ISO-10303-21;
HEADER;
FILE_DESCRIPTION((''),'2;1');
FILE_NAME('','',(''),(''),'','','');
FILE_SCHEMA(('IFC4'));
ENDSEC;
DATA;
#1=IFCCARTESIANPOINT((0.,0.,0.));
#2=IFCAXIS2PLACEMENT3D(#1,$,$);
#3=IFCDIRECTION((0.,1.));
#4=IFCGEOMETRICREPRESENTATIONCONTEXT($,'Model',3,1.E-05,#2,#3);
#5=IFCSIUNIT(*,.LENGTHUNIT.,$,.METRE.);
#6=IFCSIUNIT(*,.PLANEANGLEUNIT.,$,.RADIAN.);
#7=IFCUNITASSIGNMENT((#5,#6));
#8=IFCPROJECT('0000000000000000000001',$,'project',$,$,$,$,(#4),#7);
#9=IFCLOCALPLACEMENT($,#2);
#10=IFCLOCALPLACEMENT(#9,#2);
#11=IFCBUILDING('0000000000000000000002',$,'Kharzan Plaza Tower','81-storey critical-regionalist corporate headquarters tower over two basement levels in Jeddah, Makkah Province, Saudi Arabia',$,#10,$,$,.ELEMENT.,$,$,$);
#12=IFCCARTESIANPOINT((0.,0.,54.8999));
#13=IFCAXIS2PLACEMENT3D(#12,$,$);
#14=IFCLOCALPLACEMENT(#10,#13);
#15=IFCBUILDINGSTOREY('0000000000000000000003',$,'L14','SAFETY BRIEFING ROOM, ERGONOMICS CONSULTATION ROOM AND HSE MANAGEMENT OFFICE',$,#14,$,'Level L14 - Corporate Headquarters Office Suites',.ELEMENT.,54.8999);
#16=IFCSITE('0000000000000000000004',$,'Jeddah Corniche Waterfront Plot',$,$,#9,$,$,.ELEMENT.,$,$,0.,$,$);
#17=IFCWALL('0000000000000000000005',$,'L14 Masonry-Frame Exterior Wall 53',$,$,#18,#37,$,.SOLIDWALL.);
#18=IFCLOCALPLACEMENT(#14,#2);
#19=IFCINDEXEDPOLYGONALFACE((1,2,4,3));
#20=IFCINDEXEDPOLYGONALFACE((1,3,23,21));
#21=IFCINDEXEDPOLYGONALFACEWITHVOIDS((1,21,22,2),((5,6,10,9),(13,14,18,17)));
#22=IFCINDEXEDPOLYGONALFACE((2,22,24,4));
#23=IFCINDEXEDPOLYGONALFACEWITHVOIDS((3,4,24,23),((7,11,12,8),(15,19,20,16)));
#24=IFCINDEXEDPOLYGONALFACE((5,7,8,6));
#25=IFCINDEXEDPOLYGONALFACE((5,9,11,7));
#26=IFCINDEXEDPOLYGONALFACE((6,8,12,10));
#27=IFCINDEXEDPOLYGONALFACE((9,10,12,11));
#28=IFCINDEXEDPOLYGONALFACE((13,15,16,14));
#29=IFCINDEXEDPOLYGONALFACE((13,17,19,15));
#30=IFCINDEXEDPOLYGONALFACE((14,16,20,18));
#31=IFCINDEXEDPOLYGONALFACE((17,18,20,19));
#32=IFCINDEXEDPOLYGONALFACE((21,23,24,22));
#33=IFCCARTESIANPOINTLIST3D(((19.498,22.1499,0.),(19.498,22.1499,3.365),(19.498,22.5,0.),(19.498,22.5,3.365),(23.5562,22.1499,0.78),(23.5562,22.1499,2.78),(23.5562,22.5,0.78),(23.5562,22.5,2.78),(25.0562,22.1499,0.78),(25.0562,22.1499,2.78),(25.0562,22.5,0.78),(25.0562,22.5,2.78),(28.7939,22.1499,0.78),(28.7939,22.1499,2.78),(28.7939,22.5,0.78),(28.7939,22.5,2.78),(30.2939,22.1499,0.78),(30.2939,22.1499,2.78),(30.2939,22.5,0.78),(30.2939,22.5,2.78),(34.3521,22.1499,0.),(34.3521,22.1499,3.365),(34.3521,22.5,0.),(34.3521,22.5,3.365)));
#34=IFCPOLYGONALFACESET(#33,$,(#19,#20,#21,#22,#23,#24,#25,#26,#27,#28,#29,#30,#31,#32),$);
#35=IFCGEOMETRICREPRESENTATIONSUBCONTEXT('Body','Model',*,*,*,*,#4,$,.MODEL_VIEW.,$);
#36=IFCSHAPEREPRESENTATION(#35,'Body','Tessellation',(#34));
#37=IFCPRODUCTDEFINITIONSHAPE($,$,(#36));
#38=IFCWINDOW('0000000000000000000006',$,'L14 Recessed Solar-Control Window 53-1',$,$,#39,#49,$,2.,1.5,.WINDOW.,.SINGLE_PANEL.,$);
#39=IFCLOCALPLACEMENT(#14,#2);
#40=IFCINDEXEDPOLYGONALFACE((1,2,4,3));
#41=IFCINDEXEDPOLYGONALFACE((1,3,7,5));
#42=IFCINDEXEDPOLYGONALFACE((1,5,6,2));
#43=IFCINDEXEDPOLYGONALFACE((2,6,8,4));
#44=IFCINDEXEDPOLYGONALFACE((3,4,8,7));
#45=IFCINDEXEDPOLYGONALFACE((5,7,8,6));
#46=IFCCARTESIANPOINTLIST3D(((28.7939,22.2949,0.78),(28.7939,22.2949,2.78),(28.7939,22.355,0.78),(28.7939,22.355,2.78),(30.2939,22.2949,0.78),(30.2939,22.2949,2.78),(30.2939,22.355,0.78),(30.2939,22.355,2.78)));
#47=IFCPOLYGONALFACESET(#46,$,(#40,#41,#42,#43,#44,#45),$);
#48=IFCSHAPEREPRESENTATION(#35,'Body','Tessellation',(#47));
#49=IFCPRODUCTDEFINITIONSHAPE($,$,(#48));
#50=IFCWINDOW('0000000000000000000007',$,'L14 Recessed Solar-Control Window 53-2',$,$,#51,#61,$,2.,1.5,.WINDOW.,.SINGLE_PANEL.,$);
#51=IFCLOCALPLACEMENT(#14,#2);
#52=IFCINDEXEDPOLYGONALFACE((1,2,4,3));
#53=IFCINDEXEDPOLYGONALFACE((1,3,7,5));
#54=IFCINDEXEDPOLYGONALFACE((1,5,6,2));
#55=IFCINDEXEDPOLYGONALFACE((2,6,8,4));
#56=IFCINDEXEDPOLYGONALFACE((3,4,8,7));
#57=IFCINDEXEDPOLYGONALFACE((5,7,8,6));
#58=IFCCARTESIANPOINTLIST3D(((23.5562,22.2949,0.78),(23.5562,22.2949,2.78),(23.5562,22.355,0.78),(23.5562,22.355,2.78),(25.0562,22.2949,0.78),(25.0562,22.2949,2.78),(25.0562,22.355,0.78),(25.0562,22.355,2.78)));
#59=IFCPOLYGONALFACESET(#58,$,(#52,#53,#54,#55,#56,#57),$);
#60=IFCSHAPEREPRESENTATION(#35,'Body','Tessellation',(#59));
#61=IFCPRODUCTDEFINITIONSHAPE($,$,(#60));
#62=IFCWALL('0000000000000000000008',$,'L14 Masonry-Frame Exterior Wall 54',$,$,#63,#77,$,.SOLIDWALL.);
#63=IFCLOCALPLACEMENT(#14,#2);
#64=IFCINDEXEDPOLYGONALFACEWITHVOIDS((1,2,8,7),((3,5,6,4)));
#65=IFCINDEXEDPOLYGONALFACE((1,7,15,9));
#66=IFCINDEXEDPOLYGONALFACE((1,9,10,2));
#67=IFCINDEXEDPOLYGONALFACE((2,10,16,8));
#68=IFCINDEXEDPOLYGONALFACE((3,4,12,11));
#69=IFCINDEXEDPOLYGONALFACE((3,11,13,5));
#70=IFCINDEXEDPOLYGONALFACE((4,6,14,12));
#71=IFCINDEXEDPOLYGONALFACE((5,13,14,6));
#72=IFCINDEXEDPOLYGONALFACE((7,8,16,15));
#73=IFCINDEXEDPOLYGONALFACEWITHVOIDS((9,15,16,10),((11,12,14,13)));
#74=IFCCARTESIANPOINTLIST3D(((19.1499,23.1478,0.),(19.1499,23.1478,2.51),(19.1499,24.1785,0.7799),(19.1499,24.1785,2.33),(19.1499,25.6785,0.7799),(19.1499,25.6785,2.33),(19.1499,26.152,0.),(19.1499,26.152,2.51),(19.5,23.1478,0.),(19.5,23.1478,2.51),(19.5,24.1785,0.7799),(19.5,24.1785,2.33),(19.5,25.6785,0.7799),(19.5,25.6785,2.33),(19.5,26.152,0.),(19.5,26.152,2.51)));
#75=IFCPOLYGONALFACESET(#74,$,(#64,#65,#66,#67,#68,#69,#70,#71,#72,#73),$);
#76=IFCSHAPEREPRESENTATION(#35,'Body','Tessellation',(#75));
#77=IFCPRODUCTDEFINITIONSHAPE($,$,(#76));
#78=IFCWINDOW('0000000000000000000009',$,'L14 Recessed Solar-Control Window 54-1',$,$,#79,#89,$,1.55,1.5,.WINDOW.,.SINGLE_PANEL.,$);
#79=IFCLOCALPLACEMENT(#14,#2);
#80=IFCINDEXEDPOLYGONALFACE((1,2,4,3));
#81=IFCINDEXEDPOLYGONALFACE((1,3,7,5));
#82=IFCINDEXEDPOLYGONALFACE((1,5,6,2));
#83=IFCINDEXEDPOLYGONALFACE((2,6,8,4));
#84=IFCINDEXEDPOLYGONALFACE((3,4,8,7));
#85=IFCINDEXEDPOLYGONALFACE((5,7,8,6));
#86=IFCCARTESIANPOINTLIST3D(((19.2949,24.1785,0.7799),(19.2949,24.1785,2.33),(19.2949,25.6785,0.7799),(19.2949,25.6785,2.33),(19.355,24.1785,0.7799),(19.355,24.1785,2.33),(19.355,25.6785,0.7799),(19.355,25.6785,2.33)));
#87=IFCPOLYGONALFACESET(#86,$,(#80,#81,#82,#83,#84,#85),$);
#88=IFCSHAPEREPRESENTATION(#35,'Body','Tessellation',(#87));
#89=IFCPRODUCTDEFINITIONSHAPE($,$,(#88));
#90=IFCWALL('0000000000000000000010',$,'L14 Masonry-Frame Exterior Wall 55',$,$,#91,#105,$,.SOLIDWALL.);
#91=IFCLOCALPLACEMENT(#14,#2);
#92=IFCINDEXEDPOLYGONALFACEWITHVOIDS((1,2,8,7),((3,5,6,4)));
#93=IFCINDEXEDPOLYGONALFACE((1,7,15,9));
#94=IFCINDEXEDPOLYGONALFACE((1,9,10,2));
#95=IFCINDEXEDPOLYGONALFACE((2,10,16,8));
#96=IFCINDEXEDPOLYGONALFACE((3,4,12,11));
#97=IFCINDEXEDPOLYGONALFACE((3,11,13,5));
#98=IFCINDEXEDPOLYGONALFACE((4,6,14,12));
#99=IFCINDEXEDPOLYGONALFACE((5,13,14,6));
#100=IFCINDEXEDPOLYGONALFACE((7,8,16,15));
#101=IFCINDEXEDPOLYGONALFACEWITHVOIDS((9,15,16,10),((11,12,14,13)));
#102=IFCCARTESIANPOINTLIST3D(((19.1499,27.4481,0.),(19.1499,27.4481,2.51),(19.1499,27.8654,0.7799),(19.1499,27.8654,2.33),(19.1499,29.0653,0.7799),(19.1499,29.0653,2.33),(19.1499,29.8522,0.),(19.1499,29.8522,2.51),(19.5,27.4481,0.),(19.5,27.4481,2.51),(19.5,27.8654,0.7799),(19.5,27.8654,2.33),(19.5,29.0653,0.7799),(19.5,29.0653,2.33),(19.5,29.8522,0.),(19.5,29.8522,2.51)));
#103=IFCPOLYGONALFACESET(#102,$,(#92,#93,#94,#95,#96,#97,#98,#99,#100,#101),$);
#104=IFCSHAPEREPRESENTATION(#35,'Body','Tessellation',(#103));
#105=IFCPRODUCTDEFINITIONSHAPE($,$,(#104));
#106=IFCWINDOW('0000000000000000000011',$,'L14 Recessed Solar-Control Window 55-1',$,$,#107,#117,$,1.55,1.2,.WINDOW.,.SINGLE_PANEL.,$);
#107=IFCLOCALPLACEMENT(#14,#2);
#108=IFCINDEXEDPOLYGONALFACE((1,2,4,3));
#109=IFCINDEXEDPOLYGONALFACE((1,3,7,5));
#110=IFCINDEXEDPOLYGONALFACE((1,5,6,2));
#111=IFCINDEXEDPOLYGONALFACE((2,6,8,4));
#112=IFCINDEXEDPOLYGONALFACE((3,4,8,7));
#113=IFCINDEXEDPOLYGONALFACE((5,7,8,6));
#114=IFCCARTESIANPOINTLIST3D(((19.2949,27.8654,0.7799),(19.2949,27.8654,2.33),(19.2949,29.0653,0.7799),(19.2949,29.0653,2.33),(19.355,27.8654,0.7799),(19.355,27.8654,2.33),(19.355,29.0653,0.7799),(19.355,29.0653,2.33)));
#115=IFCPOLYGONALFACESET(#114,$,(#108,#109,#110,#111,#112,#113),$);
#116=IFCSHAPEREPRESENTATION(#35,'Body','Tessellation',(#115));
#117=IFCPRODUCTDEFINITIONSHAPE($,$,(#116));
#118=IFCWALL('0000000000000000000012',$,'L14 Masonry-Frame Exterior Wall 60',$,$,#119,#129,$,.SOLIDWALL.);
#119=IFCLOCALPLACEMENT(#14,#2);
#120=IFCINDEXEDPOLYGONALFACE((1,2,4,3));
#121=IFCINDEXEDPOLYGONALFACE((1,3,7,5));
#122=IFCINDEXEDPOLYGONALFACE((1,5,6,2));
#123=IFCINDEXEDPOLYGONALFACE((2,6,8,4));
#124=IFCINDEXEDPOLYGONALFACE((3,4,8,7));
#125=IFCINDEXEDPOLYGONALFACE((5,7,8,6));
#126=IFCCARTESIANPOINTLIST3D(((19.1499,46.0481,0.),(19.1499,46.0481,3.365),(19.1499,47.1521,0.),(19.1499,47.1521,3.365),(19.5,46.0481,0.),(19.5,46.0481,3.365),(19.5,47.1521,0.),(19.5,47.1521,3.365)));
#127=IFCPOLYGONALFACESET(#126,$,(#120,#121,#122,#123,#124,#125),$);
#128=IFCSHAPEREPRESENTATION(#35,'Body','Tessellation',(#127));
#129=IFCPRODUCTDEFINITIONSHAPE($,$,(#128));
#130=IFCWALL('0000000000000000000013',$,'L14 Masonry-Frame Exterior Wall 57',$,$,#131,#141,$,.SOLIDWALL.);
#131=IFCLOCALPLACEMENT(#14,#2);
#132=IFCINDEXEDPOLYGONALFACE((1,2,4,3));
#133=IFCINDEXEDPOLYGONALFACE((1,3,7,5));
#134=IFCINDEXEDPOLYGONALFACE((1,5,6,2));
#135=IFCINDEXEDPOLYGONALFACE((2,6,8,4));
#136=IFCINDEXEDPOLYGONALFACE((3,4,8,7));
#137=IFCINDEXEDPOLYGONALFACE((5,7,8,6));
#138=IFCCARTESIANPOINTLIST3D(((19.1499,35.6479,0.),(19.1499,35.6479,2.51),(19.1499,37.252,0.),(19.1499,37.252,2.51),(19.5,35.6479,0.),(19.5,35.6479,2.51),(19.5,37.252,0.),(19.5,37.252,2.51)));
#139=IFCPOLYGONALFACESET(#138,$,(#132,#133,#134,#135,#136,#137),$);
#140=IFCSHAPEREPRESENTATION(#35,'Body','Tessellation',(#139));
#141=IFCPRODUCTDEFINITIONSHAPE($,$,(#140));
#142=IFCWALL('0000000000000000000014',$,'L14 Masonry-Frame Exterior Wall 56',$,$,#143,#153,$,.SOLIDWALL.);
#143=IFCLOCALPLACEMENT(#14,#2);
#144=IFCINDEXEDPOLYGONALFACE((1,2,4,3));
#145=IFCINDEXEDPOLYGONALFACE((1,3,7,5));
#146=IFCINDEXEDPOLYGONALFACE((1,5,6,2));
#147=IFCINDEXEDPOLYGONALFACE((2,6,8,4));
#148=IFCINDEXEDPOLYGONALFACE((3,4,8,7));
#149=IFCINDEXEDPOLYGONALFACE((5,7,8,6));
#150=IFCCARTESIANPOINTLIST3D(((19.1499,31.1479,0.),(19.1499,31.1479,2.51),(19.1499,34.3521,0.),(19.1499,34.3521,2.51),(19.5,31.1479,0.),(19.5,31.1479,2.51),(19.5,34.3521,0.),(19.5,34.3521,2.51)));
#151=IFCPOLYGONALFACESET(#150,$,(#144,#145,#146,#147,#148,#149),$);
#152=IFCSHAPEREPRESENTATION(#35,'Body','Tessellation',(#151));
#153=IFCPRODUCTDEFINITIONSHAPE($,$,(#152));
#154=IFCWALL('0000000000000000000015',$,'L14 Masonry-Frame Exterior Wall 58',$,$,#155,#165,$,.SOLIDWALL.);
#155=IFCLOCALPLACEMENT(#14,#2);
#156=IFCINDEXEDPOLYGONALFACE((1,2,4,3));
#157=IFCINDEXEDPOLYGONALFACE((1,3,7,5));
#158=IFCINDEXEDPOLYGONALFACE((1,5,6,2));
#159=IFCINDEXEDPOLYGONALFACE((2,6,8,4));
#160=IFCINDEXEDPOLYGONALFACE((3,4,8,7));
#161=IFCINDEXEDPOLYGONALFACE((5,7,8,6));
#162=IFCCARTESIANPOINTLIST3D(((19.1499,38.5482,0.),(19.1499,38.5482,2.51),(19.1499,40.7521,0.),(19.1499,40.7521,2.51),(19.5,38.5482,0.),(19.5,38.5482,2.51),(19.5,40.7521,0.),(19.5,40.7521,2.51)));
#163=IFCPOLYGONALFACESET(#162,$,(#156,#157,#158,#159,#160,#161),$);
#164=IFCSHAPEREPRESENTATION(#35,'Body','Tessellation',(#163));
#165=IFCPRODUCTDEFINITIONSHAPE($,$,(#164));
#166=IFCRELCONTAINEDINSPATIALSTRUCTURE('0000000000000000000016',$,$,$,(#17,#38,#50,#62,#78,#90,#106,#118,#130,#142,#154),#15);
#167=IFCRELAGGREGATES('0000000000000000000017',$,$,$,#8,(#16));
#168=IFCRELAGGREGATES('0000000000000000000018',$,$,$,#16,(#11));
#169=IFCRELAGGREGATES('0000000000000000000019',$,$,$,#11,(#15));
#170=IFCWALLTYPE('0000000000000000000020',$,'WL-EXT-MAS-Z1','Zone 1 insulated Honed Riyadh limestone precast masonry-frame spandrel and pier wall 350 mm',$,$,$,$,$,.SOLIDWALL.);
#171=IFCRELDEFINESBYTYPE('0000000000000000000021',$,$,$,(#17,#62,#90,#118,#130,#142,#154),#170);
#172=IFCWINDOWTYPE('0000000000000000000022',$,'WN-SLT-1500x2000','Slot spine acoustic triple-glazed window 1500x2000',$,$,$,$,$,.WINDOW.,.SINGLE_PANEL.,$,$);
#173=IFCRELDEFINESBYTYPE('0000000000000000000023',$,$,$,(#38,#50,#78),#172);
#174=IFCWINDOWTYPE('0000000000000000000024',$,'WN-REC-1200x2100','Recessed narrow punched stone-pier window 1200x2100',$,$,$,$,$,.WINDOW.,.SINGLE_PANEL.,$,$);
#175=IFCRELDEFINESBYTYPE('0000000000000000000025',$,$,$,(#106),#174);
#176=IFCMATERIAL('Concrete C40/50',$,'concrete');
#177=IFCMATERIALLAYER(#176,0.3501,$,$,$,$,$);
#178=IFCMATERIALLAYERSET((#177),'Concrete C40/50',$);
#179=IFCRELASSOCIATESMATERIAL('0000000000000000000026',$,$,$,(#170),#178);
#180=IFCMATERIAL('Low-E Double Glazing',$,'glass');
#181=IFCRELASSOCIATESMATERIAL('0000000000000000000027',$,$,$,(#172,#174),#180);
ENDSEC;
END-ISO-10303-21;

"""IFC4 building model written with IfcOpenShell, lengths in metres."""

from ifc_helpers import new_model, si_unit, direction, frame, frame_2d, origin, place, context, subcontext, project, spatial, rectangle, extrude, source, transform, mapped, material, layer, layer_set, type_object, element, fill, save


model = new_model("IFC4")

# Units and contexts
model_context = context("Model", 3, precision=1e-05, world=origin(), true_north=direction((0.0, 1.0)))
body_context = subcontext(model_context, "Body", "Model", "MODEL_VIEW")
ifc_project = project(units=[si_unit("LENGTHUNIT", "METRE"), si_unit("PLANEANGLEUNIT", "RADIAN")], contexts=[model_context])

# Site, building, storey
site_placement = place(None, origin())
site = spatial("IfcSite", under=ifc_project, at=site_placement, Name="Jeddah Corniche Waterfront Plot", CompositionType="ELEMENT", RefElevation=0.0)
building_placement = place(site_placement, origin())
building = spatial("IfcBuilding", under=site, at=building_placement, Name="Kharzan Plaza Tower", Description="81-storey critical-regionalist corporate headquarters tower over two basement levels in Jeddah, Makkah Province, Saudi Arabia", CompositionType="ELEMENT")
storey_placement = place(building_placement, frame((0.0, 0.0, 54.8999)))
storey = spatial("IfcBuildingStorey", under=building, at=storey_placement, Name="L14", Description="SAFETY BRIEFING ROOM, ERGONOMICS CONSULTATION ROOM AND HSE MANAGEMENT OFFICE", LongName="Level L14 - Corporate Headquarters Office Suites", CompositionType="ELEMENT", Elevation=54.8999)

# Shared definitions
ifc_material_1 = material(Name="Concrete C40/50", Category="concrete")
ifc_layer_1 = layer(ifc_material_1, 0.3501)
ifc_layer_set_1 = layer_set([ifc_layer_1], Name="Concrete C40/50")
wall_type_1 = type_object("IfcWallType", Name="WL-EXT-MAS-Z1", Description="Zone 1 insulated Honed Riyadh limestone precast masonry-frame spandrel and pier wall 350 mm", PredefinedType="SOLIDWALL", material=ifc_layer_set_1)
ifc_material_2 = material(Name="Low-E Double Glazing", Category="glass")

# Wall, openings, windows
wall_1_placement = place(storey_placement, frame((34.3521, 22.325, 0.0), z_axis=(0.0, 0.0, 1.0), x_axis=(-1.0, 0.0, 0.0)))
wall_1 = element("IfcWall", 1, at=wall_1_placement, inside=storey, type_object=wall_type_1, Name="L14 Masonry-Frame Exterior Wall 53", PredefinedType="SOLIDWALL", context=body_context, shape_type="SweptSolid", body=[
    extrude(rectangle(XDim=14.854, YDim=0.3501, at=frame_2d((7.427, 0.0))), origin(), (0.0, 0.0, 1.0), 3.365),
])
opening_1_placement = place(wall_1_placement, frame((4.0581, 0.0, 0.78)))
opening_1 = element("IfcOpeningElement", 2, at=opening_1_placement, cuts=wall_1, PredefinedType="OPENING", context=body_context, shape_type="SweptSolid", body=[
    extrude(rectangle(XDim=1.5, YDim=2.0, at=frame_2d((0.75, 1.0))), frame((0.0, 0.1851, 0.0), z_axis=(0.0, -1.0, 0.0), x_axis=(1.0, 0.0, 0.0)), (0.0, 0.0, 1.0), 0.3701),
])
opening_2_placement = place(wall_1_placement, frame((9.2959, 0.0, 0.78)))
opening_2 = element("IfcOpeningElement", 3, at=opening_2_placement, cuts=wall_1, PredefinedType="OPENING", context=body_context, shape_type="SweptSolid", body=[
    extrude(rectangle(XDim=1.5, YDim=2.0, at=frame_2d((0.75, 1.0))), frame((0.0, 0.1851, 0.0), z_axis=(0.0, -1.0, 0.0), x_axis=(1.0, 0.0, 0.0)), (0.0, 0.0, 1.0), 0.3701),
])
window_type_1 = type_object("IfcWindowType", Name="WN-SLT-1500x2000", Description="Slot spine acoustic triple-glazed window 1500x2000", PartitioningType="SINGLE_PANEL", PredefinedType="WINDOW", material=ifc_material_2)
shared_shape_1 = source(origin(), body_context, "Body", "SweptSolid", [
    extrude(rectangle(XDim=1.5, YDim=2.0, at=frame_2d((0.75, 1.0))), frame((0.0, 0.03, 0.0), z_axis=(0.0, -1.0, 0.0), x_axis=(1.0, 0.0, 0.0)), (0.0, 0.0, 1.0), 0.0601),
])
window_1_placement = place(opening_1_placement, origin())
window_1 = element("IfcWindow", 4, at=window_1_placement, inside=storey, type_object=window_type_1, Name="L14 Recessed Solar-Control Window 53-1", OverallHeight=2.0, OverallWidth=1.5, PartitioningType="SINGLE_PANEL", PredefinedType="WINDOW", context=body_context, shape_type="MappedRepresentation", body=[
    mapped(shared_shape_1, transform((0.0, 0.0, 0.0), x_axis=(1.0, 0.0, 0.0), y_axis=(0.0, 1.0, 0.0), z_axis=(0.0, 0.0, 1.0))),
])
fill(opening_1, window_1)
window_2_placement = place(opening_2_placement, origin())
window_2 = element("IfcWindow", 5, at=window_2_placement, inside=storey, type_object=window_type_1, Name="L14 Recessed Solar-Control Window 53-2", OverallHeight=2.0, OverallWidth=1.5, PartitioningType="SINGLE_PANEL", PredefinedType="WINDOW", context=body_context, shape_type="MappedRepresentation", body=[
    mapped(shared_shape_1, transform((0.0, 0.0, 0.0), x_axis=(1.0, 0.0, 0.0), y_axis=(0.0, 1.0, 0.0), z_axis=(0.0, 0.0, 1.0))),
])
fill(opening_2, window_2)

# Walls, openings, windows
wall_2_placement = place(storey_placement, frame((19.325, 23.1479, 0.0), z_axis=(0.0, 0.0, 1.0), x_axis=(0.0, 1.0, 0.0)))
wall_2 = element("IfcWall", 6, at=wall_2_placement, inside=storey, type_object=wall_type_1, Name="L14 Masonry-Frame Exterior Wall 54", PredefinedType="SOLIDWALL", context=body_context, shape_type="SweptSolid", body=[
    extrude(rectangle(XDim=3.0042, YDim=0.3501, at=frame_2d((1.502, 0.0))), origin(), (0.0, 0.0, 1.0), 2.51),
])
opening_3_placement = place(wall_2_placement, frame((1.0305, 0.0, 0.78)))
opening_3 = element("IfcOpeningElement", 7, at=opening_3_placement, cuts=wall_2, PredefinedType="OPENING", context=body_context, shape_type="SweptSolid", body=[
    extrude(rectangle(XDim=1.5, YDim=1.55, at=frame_2d((0.75, 0.7749))), frame((0.0, 0.1851, 0.0), z_axis=(0.0, -1.0, 0.0), x_axis=(1.0, 0.0, 0.0)), (0.0, 0.0, 1.0), 0.3701),
])
shared_shape_2 = source(origin(), body_context, "Body", "SweptSolid", [
    extrude(rectangle(XDim=1.5, YDim=1.55, at=frame_2d((0.75, 0.7749))), frame((0.0, 0.03, 0.0), z_axis=(0.0, -1.0, 0.0), x_axis=(1.0, 0.0, 0.0)), (0.0, 0.0, 1.0), 0.0601),
])
window_3_placement = place(opening_3_placement, origin())
window_3 = element("IfcWindow", 8, at=window_3_placement, inside=storey, type_object=window_type_1, Name="L14 Recessed Solar-Control Window 54-1", OverallHeight=1.55, OverallWidth=1.5, PartitioningType="SINGLE_PANEL", PredefinedType="WINDOW", context=body_context, shape_type="MappedRepresentation", body=[
    mapped(shared_shape_2, transform((0.0, 0.0, 0.0), x_axis=(1.0, 0.0, 0.0), y_axis=(0.0, 1.0, 0.0), z_axis=(0.0, 0.0, 1.0))),
])
fill(opening_3, window_3)
wall_3_placement = place(storey_placement, frame((19.325, 27.448, 0.0), z_axis=(0.0, 0.0, 1.0), x_axis=(0.0, 1.0, 0.0)))
wall_3 = element("IfcWall", 9, at=wall_3_placement, inside=storey, type_object=wall_type_1, Name="L14 Masonry-Frame Exterior Wall 55", PredefinedType="SOLIDWALL", context=body_context, shape_type="SweptSolid", body=[
    extrude(rectangle(XDim=2.4041, YDim=0.3501, at=frame_2d((1.2021, 0.0))), origin(), (0.0, 0.0, 1.0), 2.51),
])
opening_4_placement = place(wall_3_placement, frame((0.4172, 0.0, 0.78)))
opening_4 = element("IfcOpeningElement", 10, at=opening_4_placement, cuts=wall_3, PredefinedType="OPENING", context=body_context, shape_type="SweptSolid", body=[
    extrude(rectangle(XDim=1.2, YDim=1.55, at=frame_2d((0.6001, 0.7749))), frame((0.0, 0.1851, 0.0), z_axis=(0.0, -1.0, 0.0), x_axis=(1.0, 0.0, 0.0)), (0.0, 0.0, 1.0), 0.3701),
])
window_type_2 = type_object("IfcWindowType", Name="WN-REC-1200x2100", Description="Recessed narrow punched stone-pier window 1200x2100", PartitioningType="SINGLE_PANEL", PredefinedType="WINDOW", material=ifc_material_2)
shared_shape_3 = source(origin(), body_context, "Body", "SweptSolid", [
    extrude(rectangle(XDim=1.2, YDim=1.55, at=frame_2d((0.6001, 0.7749))), frame((0.0, 0.03, 0.0), z_axis=(0.0, -1.0, 0.0), x_axis=(1.0, 0.0, 0.0)), (0.0, 0.0, 1.0), 0.0601),
])
window_4_placement = place(opening_4_placement, origin())
window_4 = element("IfcWindow", 11, at=window_4_placement, inside=storey, type_object=window_type_2, Name="L14 Recessed Solar-Control Window 55-1", OverallHeight=1.55, OverallWidth=1.2, PartitioningType="SINGLE_PANEL", PredefinedType="WINDOW", context=body_context, shape_type="MappedRepresentation", body=[
    mapped(shared_shape_3, transform((0.0, 0.0, 0.0), x_axis=(1.0, 0.0, 0.0), y_axis=(0.0, 1.0, 0.0), z_axis=(0.0, 0.0, 1.0))),
])
fill(opening_4, window_4)

# Walls
shared_shape_4 = source(origin(), body_context, "Body", "SweptSolid", [
    extrude(rectangle(XDim=1.104, YDim=0.3501, at=frame_2d((0.552, 0.0))), origin(), (0.0, 0.0, 1.0), 3.365),
])
wall_4_placement = place(storey_placement, frame((19.325, 46.0481, 0.0), z_axis=(0.0, 0.0, 1.0), x_axis=(0.0, 1.0, 0.0)))
element("IfcWall", 12, at=wall_4_placement, inside=storey, type_object=wall_type_1, Name="L14 Masonry-Frame Exterior Wall 60", PredefinedType="SOLIDWALL", context=body_context, shape_type="MappedRepresentation", body=[
    mapped(shared_shape_4, transform((0.0, 0.0, 0.0), x_axis=(1.0, 0.0, 0.0), y_axis=(0.0, 1.0, 0.0), z_axis=(0.0, 0.0, 1.0))),
])
shared_shape_5 = source(origin(), body_context, "Body", "SweptSolid", [
    extrude(rectangle(XDim=1.604, YDim=0.3501, at=frame_2d((0.802, 0.0))), origin(), (0.0, 0.0, 1.0), 2.51),
])
wall_5_placement = place(storey_placement, frame((19.325, 35.6479, 0.0), z_axis=(0.0, 0.0, 1.0), x_axis=(0.0, 1.0, 0.0)))
element("IfcWall", 13, at=wall_5_placement, inside=storey, type_object=wall_type_1, Name="L14 Masonry-Frame Exterior Wall 57", PredefinedType="SOLIDWALL", context=body_context, shape_type="MappedRepresentation", body=[
    mapped(shared_shape_5, transform((0.0, 0.0, 0.0), x_axis=(1.0, 0.0, 0.0), y_axis=(0.0, 1.0, 0.0), z_axis=(0.0, 0.0, 1.0))),
])
shared_shape_6 = source(origin(), body_context, "Body", "SweptSolid", [
    extrude(rectangle(XDim=3.2041, YDim=0.3501, at=frame_2d((1.6021, 0.0))), origin(), (0.0, 0.0, 1.0), 2.51),
])
wall_6_placement = place(storey_placement, frame((19.325, 31.1479, 0.0), z_axis=(0.0, 0.0, 1.0), x_axis=(0.0, 1.0, 0.0)))
element("IfcWall", 14, at=wall_6_placement, inside=storey, type_object=wall_type_1, Name="L14 Masonry-Frame Exterior Wall 56", PredefinedType="SOLIDWALL", context=body_context, shape_type="MappedRepresentation", body=[
    mapped(shared_shape_6, transform((0.0, 0.0, 0.0), x_axis=(1.0, 0.0, 0.0), y_axis=(0.0, 1.0, 0.0), z_axis=(0.0, 0.0, 1.0))),
])
shared_shape_7 = source(origin(), body_context, "Body", "SweptSolid", [
    extrude(rectangle(XDim=2.2039, YDim=0.3501, at=frame_2d((1.1021, 0.0))), origin(), (0.0, 0.0, 1.0), 2.51),
])
wall_7_placement = place(storey_placement, frame((19.325, 38.5481, 0.0), z_axis=(0.0, 0.0, 1.0), x_axis=(0.0, 1.0, 0.0)))
element("IfcWall", 15, at=wall_7_placement, inside=storey, type_object=wall_type_1, Name="L14 Masonry-Frame Exterior Wall 58", PredefinedType="SOLIDWALL", context=body_context, shape_type="MappedRepresentation", body=[
    mapped(shared_shape_7, transform((0.0, 0.0, 0.0), x_axis=(1.0, 0.0, 0.0), y_axis=(0.0, 1.0, 0.0), z_axis=(0.0, 0.0, 1.0))),
])

save(model, "model.ifc")
